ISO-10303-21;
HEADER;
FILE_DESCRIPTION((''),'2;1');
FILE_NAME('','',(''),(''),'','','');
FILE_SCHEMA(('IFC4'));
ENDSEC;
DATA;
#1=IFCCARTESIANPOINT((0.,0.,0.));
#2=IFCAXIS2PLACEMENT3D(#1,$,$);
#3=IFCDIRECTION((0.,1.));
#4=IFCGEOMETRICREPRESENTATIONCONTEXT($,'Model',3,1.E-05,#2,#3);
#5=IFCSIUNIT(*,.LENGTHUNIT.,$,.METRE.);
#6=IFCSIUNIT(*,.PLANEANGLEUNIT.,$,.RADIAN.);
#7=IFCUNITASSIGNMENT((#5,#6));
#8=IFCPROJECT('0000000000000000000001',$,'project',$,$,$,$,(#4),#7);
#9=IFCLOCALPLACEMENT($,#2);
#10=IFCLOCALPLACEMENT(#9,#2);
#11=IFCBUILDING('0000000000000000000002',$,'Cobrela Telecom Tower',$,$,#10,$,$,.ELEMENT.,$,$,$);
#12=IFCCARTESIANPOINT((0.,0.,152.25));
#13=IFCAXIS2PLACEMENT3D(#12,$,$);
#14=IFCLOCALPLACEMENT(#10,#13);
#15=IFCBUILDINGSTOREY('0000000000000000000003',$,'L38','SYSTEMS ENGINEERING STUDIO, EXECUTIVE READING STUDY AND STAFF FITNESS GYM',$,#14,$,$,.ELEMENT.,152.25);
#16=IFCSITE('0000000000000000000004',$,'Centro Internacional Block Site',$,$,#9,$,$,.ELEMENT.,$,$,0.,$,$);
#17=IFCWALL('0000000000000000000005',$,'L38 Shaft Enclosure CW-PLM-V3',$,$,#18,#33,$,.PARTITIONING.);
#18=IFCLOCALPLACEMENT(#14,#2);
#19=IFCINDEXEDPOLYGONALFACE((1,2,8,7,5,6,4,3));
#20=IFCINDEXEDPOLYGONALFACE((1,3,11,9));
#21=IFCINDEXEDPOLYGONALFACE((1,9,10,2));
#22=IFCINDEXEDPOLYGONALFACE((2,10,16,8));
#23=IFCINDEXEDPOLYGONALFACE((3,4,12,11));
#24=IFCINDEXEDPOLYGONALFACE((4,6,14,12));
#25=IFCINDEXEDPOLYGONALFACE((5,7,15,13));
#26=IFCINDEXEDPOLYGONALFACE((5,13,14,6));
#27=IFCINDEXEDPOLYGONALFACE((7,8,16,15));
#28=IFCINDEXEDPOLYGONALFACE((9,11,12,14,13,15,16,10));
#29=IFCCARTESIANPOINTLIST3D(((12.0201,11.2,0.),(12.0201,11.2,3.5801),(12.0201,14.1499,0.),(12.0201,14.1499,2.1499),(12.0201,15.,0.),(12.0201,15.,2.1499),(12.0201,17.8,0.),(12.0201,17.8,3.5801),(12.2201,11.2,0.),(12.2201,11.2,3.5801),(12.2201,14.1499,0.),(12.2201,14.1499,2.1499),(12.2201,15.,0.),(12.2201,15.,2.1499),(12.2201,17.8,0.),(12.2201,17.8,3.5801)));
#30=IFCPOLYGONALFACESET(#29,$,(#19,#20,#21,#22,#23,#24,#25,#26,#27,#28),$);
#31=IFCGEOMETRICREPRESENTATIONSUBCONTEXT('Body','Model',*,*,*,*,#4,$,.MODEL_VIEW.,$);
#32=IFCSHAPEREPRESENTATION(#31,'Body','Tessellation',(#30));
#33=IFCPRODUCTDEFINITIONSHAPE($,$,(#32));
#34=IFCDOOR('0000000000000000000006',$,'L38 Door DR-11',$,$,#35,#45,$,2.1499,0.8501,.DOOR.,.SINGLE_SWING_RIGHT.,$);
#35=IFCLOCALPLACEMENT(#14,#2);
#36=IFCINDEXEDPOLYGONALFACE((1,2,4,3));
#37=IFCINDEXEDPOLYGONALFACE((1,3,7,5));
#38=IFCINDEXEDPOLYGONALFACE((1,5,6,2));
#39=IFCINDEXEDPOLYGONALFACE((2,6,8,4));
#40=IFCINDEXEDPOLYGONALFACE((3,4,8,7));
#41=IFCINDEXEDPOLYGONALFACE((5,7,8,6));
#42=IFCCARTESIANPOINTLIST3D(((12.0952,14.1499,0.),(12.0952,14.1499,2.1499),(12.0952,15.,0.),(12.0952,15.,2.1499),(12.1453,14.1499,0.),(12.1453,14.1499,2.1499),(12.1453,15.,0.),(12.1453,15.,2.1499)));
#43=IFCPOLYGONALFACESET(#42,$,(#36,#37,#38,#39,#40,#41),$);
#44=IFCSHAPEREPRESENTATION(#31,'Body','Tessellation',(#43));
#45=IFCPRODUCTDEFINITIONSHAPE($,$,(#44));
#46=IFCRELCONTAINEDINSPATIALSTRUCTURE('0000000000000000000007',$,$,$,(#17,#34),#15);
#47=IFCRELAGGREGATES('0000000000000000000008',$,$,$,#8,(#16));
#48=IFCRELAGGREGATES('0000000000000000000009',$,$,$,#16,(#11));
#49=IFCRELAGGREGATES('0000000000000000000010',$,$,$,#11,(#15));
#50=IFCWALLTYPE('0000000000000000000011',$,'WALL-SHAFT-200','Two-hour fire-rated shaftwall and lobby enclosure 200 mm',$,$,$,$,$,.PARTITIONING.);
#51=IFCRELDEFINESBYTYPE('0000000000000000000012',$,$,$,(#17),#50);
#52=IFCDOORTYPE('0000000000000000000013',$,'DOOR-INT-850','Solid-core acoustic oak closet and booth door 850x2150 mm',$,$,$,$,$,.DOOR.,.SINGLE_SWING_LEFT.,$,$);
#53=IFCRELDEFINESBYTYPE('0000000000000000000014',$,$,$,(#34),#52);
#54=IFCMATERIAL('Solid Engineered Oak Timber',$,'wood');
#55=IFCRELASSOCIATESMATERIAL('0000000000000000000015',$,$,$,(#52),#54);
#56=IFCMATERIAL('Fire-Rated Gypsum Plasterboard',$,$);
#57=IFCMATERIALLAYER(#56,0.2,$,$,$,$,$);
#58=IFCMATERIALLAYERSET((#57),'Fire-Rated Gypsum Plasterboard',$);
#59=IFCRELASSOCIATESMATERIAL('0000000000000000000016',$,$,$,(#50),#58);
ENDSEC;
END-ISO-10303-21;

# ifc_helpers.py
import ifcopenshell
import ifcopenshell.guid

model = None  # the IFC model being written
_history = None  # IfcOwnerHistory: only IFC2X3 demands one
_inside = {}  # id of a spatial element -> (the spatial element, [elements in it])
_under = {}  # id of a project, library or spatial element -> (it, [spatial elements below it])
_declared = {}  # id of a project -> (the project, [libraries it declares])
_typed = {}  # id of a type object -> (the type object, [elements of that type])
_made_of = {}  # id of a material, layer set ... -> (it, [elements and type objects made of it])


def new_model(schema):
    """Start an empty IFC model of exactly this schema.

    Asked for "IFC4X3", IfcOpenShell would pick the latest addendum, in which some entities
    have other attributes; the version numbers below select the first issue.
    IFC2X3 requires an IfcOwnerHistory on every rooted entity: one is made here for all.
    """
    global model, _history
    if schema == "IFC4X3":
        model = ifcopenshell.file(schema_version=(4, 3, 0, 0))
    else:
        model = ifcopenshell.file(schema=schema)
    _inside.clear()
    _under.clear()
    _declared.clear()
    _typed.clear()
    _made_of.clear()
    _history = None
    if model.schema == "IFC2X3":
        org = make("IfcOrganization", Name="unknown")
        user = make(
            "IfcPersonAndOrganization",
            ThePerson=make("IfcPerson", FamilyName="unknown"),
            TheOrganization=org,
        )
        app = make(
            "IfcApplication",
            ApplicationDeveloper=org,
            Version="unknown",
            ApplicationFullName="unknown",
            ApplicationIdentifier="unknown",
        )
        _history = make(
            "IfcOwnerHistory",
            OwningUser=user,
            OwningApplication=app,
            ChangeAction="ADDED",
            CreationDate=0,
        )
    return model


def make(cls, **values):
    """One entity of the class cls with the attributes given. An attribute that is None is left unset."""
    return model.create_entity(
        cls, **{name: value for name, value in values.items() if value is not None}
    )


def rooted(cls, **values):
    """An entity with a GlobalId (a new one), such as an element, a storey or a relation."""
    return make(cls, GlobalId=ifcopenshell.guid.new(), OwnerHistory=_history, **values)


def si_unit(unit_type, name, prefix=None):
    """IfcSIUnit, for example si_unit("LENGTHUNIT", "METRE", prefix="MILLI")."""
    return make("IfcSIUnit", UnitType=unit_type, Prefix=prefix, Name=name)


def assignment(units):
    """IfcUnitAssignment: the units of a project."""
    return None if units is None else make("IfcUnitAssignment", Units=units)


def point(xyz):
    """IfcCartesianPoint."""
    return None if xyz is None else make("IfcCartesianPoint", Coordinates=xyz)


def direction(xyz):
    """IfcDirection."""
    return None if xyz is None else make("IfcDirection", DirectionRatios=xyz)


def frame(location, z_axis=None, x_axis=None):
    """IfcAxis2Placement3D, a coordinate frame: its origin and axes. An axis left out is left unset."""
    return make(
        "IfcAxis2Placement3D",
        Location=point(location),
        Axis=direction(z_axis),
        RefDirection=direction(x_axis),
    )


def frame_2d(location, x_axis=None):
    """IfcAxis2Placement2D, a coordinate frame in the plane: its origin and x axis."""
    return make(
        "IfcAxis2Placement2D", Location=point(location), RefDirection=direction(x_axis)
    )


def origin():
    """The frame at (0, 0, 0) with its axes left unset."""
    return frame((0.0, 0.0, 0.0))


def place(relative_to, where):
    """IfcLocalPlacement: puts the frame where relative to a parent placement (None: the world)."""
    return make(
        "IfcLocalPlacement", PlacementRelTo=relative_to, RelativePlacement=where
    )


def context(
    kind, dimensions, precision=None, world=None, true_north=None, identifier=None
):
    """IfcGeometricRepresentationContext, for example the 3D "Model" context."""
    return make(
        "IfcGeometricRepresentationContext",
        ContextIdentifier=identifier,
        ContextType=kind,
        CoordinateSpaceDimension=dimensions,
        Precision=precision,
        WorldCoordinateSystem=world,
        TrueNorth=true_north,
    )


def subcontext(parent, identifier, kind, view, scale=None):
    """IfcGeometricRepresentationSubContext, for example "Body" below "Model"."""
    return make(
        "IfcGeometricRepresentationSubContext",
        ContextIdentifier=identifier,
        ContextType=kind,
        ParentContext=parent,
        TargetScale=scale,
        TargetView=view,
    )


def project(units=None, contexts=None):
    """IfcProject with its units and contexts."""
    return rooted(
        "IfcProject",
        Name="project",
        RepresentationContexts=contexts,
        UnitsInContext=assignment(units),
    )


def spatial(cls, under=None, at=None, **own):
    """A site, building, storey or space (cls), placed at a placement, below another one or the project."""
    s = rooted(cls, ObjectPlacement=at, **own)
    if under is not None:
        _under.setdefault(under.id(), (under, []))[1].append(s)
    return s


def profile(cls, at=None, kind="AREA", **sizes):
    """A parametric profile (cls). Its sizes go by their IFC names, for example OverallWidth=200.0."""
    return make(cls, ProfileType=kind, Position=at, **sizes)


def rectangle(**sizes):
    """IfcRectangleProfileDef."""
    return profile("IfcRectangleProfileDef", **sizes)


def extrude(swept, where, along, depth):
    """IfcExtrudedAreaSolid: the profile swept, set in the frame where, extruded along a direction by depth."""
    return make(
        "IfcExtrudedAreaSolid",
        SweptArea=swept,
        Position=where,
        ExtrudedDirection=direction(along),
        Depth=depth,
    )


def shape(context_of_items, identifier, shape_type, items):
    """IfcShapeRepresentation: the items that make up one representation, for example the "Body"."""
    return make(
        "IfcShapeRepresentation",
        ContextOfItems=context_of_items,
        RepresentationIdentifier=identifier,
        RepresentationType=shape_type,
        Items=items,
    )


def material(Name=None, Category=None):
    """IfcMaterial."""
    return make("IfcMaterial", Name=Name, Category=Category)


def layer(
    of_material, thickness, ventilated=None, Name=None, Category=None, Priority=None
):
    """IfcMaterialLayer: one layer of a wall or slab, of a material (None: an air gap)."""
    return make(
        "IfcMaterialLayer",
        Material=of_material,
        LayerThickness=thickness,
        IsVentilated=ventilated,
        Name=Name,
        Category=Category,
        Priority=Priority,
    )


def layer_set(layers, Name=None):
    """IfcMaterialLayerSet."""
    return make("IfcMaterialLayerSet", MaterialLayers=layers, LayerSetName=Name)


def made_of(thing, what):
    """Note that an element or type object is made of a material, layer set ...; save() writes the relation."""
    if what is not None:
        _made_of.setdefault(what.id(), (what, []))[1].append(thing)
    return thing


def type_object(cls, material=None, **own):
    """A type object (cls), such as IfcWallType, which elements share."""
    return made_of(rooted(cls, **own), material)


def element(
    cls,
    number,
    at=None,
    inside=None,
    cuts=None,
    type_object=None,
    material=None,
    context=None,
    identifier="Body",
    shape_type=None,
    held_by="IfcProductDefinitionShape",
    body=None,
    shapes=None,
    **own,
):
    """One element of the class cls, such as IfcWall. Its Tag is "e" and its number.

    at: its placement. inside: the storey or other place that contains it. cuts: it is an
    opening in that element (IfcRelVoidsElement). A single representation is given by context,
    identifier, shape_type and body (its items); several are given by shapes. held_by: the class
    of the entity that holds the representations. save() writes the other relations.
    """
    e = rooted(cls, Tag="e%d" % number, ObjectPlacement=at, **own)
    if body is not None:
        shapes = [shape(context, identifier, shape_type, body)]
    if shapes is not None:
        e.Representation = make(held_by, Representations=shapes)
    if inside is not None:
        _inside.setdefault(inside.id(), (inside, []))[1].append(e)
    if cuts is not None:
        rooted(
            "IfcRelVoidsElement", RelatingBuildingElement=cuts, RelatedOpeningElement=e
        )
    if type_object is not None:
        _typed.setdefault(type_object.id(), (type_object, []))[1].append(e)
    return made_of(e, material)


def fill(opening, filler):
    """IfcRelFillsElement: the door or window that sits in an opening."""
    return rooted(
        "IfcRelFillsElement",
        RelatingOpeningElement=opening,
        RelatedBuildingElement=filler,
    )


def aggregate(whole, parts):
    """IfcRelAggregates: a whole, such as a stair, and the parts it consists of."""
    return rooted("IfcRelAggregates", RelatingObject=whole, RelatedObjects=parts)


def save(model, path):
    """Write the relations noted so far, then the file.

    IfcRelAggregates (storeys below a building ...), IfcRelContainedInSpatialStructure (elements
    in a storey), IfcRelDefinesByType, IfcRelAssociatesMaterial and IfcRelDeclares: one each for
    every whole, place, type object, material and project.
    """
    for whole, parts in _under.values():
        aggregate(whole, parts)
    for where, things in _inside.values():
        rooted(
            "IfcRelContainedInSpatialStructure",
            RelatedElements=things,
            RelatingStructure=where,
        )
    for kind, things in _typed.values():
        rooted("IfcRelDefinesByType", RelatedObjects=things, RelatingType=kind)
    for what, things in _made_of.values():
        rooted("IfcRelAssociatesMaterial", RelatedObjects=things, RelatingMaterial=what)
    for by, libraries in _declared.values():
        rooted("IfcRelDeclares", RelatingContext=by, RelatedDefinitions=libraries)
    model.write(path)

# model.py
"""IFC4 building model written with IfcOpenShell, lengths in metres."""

from ifc_helpers import new_model, si_unit, direction, frame, frame_2d, origin, place, context, subcontext, project, spatial, rectangle, extrude, material, layer, layer_set, type_object, element, fill, save


model = new_model("IFC4")

# Units and contexts
model_context = context("Model", 3, precision=1e-05, world=origin(), true_north=direction((0.0, 1.0)))
body_context = subcontext(model_context, "Body", "Model", "MODEL_VIEW")
ifc_project = project(units=[si_unit("LENGTHUNIT", "METRE"), si_unit("PLANEANGLEUNIT", "RADIAN")], contexts=[model_context])

# Site, building, storey
site_placement = place(None, origin())
site = spatial("IfcSite", under=ifc_project, at=site_placement, Name="Centro Internacional Block Site", CompositionType="ELEMENT", RefElevation=0.0)
building_placement = place(site_placement, origin())
building = spatial("IfcBuilding", under=site, at=building_placement, Name="Cobrela Telecom Tower", CompositionType="ELEMENT")
storey_placement = place(building_placement, frame((0.0, 0.0, 152.25)))
storey = spatial("IfcBuildingStorey", under=building, at=storey_placement, Name="L38", Description="SYSTEMS ENGINEERING STUDIO, EXECUTIVE READING STUDY AND STAFF FITNESS GYM", CompositionType="ELEMENT", Elevation=152.25)

# Shared definitions
ifc_material_1 = material(Name="Fire-Rated Gypsum Plasterboard")

# Shared definitions
ifc_material_2 = material(Name="Solid Engineered Oak Timber", Category="wood")
door_type_1 = type_object("IfcDoorType", Name="DOOR-INT-850", Description="Solid-core acoustic oak closet and booth door 850x2150 mm", OperationType="SINGLE_SWING_LEFT", PredefinedType="DOOR", material=ifc_material_2)

# Shared definitions
ifc_layer_1 = layer(ifc_material_1, 0.2)
ifc_layer_set_1 = layer_set([ifc_layer_1], Name="Fire-Rated Gypsum Plasterboard")
wall_type_1 = type_object("IfcWallType", Name="WALL-SHAFT-200", Description="Two-hour fire-rated shaftwall and lobby enclosure 200 mm", PredefinedType="PARTITIONING", material=ifc_layer_set_1)

# Wall, opening, door
wall_1_placement = place(storey_placement, frame((12.1201, 11.2, 0.0), z_axis=(0.0, 0.0, 1.0), x_axis=(0.0, 1.0, 0.0)))
wall_1 = element("IfcWall", 1, at=wall_1_placement, inside=storey, type_object=wall_type_1, Name="L38 Shaft Enclosure CW-PLM-V3", PredefinedType="PARTITIONING", context=body_context, shape_type="SweptSolid", body=[
    extrude(rectangle(XDim=6.6001, YDim=0.2, at=frame_2d((3.3, 0.0))), origin(), (0.0, 0.0, 1.0), 3.5801),
])
opening_1_placement = place(wall_1_placement, frame((2.95, 0.0, 0.0)))
opening_1 = element("IfcOpeningElement", 2, at=opening_1_placement, cuts=wall_1, PredefinedType="OPENING", context=body_context, shape_type="SweptSolid", body=[
    extrude(rectangle(XDim=0.8501, YDim=2.1499, at=frame_2d((0.425, 1.075))), frame((0.0, 0.1118, 0.0), z_axis=(0.0, -1.0, 0.0), x_axis=(1.0, 0.0, 0.0)), (0.0, 0.0, 1.0), 0.2239),
])
door_1_placement = place(opening_1_placement, origin())
door_1 = element("IfcDoor", 3, at=door_1_placement, inside=storey, type_object=door_type_1, Name="L38 Door DR-11", OperationType="SINGLE_SWING_RIGHT", OverallHeight=2.1499, OverallWidth=0.8501, PredefinedType="DOOR", context=body_context, shape_type="SweptSolid", body=[
    extrude(rectangle(XDim=0.8501, YDim=2.1499, at=frame_2d((0.425, 1.075))), frame((0.0, 0.0249, 0.0), z_axis=(0.0, -1.0, 0.0), x_axis=(1.0, 0.0, 0.0)), (0.0, 0.0, 1.0), 0.05),
])
fill(opening_1, door_1)

save(model, "model.ifc")
